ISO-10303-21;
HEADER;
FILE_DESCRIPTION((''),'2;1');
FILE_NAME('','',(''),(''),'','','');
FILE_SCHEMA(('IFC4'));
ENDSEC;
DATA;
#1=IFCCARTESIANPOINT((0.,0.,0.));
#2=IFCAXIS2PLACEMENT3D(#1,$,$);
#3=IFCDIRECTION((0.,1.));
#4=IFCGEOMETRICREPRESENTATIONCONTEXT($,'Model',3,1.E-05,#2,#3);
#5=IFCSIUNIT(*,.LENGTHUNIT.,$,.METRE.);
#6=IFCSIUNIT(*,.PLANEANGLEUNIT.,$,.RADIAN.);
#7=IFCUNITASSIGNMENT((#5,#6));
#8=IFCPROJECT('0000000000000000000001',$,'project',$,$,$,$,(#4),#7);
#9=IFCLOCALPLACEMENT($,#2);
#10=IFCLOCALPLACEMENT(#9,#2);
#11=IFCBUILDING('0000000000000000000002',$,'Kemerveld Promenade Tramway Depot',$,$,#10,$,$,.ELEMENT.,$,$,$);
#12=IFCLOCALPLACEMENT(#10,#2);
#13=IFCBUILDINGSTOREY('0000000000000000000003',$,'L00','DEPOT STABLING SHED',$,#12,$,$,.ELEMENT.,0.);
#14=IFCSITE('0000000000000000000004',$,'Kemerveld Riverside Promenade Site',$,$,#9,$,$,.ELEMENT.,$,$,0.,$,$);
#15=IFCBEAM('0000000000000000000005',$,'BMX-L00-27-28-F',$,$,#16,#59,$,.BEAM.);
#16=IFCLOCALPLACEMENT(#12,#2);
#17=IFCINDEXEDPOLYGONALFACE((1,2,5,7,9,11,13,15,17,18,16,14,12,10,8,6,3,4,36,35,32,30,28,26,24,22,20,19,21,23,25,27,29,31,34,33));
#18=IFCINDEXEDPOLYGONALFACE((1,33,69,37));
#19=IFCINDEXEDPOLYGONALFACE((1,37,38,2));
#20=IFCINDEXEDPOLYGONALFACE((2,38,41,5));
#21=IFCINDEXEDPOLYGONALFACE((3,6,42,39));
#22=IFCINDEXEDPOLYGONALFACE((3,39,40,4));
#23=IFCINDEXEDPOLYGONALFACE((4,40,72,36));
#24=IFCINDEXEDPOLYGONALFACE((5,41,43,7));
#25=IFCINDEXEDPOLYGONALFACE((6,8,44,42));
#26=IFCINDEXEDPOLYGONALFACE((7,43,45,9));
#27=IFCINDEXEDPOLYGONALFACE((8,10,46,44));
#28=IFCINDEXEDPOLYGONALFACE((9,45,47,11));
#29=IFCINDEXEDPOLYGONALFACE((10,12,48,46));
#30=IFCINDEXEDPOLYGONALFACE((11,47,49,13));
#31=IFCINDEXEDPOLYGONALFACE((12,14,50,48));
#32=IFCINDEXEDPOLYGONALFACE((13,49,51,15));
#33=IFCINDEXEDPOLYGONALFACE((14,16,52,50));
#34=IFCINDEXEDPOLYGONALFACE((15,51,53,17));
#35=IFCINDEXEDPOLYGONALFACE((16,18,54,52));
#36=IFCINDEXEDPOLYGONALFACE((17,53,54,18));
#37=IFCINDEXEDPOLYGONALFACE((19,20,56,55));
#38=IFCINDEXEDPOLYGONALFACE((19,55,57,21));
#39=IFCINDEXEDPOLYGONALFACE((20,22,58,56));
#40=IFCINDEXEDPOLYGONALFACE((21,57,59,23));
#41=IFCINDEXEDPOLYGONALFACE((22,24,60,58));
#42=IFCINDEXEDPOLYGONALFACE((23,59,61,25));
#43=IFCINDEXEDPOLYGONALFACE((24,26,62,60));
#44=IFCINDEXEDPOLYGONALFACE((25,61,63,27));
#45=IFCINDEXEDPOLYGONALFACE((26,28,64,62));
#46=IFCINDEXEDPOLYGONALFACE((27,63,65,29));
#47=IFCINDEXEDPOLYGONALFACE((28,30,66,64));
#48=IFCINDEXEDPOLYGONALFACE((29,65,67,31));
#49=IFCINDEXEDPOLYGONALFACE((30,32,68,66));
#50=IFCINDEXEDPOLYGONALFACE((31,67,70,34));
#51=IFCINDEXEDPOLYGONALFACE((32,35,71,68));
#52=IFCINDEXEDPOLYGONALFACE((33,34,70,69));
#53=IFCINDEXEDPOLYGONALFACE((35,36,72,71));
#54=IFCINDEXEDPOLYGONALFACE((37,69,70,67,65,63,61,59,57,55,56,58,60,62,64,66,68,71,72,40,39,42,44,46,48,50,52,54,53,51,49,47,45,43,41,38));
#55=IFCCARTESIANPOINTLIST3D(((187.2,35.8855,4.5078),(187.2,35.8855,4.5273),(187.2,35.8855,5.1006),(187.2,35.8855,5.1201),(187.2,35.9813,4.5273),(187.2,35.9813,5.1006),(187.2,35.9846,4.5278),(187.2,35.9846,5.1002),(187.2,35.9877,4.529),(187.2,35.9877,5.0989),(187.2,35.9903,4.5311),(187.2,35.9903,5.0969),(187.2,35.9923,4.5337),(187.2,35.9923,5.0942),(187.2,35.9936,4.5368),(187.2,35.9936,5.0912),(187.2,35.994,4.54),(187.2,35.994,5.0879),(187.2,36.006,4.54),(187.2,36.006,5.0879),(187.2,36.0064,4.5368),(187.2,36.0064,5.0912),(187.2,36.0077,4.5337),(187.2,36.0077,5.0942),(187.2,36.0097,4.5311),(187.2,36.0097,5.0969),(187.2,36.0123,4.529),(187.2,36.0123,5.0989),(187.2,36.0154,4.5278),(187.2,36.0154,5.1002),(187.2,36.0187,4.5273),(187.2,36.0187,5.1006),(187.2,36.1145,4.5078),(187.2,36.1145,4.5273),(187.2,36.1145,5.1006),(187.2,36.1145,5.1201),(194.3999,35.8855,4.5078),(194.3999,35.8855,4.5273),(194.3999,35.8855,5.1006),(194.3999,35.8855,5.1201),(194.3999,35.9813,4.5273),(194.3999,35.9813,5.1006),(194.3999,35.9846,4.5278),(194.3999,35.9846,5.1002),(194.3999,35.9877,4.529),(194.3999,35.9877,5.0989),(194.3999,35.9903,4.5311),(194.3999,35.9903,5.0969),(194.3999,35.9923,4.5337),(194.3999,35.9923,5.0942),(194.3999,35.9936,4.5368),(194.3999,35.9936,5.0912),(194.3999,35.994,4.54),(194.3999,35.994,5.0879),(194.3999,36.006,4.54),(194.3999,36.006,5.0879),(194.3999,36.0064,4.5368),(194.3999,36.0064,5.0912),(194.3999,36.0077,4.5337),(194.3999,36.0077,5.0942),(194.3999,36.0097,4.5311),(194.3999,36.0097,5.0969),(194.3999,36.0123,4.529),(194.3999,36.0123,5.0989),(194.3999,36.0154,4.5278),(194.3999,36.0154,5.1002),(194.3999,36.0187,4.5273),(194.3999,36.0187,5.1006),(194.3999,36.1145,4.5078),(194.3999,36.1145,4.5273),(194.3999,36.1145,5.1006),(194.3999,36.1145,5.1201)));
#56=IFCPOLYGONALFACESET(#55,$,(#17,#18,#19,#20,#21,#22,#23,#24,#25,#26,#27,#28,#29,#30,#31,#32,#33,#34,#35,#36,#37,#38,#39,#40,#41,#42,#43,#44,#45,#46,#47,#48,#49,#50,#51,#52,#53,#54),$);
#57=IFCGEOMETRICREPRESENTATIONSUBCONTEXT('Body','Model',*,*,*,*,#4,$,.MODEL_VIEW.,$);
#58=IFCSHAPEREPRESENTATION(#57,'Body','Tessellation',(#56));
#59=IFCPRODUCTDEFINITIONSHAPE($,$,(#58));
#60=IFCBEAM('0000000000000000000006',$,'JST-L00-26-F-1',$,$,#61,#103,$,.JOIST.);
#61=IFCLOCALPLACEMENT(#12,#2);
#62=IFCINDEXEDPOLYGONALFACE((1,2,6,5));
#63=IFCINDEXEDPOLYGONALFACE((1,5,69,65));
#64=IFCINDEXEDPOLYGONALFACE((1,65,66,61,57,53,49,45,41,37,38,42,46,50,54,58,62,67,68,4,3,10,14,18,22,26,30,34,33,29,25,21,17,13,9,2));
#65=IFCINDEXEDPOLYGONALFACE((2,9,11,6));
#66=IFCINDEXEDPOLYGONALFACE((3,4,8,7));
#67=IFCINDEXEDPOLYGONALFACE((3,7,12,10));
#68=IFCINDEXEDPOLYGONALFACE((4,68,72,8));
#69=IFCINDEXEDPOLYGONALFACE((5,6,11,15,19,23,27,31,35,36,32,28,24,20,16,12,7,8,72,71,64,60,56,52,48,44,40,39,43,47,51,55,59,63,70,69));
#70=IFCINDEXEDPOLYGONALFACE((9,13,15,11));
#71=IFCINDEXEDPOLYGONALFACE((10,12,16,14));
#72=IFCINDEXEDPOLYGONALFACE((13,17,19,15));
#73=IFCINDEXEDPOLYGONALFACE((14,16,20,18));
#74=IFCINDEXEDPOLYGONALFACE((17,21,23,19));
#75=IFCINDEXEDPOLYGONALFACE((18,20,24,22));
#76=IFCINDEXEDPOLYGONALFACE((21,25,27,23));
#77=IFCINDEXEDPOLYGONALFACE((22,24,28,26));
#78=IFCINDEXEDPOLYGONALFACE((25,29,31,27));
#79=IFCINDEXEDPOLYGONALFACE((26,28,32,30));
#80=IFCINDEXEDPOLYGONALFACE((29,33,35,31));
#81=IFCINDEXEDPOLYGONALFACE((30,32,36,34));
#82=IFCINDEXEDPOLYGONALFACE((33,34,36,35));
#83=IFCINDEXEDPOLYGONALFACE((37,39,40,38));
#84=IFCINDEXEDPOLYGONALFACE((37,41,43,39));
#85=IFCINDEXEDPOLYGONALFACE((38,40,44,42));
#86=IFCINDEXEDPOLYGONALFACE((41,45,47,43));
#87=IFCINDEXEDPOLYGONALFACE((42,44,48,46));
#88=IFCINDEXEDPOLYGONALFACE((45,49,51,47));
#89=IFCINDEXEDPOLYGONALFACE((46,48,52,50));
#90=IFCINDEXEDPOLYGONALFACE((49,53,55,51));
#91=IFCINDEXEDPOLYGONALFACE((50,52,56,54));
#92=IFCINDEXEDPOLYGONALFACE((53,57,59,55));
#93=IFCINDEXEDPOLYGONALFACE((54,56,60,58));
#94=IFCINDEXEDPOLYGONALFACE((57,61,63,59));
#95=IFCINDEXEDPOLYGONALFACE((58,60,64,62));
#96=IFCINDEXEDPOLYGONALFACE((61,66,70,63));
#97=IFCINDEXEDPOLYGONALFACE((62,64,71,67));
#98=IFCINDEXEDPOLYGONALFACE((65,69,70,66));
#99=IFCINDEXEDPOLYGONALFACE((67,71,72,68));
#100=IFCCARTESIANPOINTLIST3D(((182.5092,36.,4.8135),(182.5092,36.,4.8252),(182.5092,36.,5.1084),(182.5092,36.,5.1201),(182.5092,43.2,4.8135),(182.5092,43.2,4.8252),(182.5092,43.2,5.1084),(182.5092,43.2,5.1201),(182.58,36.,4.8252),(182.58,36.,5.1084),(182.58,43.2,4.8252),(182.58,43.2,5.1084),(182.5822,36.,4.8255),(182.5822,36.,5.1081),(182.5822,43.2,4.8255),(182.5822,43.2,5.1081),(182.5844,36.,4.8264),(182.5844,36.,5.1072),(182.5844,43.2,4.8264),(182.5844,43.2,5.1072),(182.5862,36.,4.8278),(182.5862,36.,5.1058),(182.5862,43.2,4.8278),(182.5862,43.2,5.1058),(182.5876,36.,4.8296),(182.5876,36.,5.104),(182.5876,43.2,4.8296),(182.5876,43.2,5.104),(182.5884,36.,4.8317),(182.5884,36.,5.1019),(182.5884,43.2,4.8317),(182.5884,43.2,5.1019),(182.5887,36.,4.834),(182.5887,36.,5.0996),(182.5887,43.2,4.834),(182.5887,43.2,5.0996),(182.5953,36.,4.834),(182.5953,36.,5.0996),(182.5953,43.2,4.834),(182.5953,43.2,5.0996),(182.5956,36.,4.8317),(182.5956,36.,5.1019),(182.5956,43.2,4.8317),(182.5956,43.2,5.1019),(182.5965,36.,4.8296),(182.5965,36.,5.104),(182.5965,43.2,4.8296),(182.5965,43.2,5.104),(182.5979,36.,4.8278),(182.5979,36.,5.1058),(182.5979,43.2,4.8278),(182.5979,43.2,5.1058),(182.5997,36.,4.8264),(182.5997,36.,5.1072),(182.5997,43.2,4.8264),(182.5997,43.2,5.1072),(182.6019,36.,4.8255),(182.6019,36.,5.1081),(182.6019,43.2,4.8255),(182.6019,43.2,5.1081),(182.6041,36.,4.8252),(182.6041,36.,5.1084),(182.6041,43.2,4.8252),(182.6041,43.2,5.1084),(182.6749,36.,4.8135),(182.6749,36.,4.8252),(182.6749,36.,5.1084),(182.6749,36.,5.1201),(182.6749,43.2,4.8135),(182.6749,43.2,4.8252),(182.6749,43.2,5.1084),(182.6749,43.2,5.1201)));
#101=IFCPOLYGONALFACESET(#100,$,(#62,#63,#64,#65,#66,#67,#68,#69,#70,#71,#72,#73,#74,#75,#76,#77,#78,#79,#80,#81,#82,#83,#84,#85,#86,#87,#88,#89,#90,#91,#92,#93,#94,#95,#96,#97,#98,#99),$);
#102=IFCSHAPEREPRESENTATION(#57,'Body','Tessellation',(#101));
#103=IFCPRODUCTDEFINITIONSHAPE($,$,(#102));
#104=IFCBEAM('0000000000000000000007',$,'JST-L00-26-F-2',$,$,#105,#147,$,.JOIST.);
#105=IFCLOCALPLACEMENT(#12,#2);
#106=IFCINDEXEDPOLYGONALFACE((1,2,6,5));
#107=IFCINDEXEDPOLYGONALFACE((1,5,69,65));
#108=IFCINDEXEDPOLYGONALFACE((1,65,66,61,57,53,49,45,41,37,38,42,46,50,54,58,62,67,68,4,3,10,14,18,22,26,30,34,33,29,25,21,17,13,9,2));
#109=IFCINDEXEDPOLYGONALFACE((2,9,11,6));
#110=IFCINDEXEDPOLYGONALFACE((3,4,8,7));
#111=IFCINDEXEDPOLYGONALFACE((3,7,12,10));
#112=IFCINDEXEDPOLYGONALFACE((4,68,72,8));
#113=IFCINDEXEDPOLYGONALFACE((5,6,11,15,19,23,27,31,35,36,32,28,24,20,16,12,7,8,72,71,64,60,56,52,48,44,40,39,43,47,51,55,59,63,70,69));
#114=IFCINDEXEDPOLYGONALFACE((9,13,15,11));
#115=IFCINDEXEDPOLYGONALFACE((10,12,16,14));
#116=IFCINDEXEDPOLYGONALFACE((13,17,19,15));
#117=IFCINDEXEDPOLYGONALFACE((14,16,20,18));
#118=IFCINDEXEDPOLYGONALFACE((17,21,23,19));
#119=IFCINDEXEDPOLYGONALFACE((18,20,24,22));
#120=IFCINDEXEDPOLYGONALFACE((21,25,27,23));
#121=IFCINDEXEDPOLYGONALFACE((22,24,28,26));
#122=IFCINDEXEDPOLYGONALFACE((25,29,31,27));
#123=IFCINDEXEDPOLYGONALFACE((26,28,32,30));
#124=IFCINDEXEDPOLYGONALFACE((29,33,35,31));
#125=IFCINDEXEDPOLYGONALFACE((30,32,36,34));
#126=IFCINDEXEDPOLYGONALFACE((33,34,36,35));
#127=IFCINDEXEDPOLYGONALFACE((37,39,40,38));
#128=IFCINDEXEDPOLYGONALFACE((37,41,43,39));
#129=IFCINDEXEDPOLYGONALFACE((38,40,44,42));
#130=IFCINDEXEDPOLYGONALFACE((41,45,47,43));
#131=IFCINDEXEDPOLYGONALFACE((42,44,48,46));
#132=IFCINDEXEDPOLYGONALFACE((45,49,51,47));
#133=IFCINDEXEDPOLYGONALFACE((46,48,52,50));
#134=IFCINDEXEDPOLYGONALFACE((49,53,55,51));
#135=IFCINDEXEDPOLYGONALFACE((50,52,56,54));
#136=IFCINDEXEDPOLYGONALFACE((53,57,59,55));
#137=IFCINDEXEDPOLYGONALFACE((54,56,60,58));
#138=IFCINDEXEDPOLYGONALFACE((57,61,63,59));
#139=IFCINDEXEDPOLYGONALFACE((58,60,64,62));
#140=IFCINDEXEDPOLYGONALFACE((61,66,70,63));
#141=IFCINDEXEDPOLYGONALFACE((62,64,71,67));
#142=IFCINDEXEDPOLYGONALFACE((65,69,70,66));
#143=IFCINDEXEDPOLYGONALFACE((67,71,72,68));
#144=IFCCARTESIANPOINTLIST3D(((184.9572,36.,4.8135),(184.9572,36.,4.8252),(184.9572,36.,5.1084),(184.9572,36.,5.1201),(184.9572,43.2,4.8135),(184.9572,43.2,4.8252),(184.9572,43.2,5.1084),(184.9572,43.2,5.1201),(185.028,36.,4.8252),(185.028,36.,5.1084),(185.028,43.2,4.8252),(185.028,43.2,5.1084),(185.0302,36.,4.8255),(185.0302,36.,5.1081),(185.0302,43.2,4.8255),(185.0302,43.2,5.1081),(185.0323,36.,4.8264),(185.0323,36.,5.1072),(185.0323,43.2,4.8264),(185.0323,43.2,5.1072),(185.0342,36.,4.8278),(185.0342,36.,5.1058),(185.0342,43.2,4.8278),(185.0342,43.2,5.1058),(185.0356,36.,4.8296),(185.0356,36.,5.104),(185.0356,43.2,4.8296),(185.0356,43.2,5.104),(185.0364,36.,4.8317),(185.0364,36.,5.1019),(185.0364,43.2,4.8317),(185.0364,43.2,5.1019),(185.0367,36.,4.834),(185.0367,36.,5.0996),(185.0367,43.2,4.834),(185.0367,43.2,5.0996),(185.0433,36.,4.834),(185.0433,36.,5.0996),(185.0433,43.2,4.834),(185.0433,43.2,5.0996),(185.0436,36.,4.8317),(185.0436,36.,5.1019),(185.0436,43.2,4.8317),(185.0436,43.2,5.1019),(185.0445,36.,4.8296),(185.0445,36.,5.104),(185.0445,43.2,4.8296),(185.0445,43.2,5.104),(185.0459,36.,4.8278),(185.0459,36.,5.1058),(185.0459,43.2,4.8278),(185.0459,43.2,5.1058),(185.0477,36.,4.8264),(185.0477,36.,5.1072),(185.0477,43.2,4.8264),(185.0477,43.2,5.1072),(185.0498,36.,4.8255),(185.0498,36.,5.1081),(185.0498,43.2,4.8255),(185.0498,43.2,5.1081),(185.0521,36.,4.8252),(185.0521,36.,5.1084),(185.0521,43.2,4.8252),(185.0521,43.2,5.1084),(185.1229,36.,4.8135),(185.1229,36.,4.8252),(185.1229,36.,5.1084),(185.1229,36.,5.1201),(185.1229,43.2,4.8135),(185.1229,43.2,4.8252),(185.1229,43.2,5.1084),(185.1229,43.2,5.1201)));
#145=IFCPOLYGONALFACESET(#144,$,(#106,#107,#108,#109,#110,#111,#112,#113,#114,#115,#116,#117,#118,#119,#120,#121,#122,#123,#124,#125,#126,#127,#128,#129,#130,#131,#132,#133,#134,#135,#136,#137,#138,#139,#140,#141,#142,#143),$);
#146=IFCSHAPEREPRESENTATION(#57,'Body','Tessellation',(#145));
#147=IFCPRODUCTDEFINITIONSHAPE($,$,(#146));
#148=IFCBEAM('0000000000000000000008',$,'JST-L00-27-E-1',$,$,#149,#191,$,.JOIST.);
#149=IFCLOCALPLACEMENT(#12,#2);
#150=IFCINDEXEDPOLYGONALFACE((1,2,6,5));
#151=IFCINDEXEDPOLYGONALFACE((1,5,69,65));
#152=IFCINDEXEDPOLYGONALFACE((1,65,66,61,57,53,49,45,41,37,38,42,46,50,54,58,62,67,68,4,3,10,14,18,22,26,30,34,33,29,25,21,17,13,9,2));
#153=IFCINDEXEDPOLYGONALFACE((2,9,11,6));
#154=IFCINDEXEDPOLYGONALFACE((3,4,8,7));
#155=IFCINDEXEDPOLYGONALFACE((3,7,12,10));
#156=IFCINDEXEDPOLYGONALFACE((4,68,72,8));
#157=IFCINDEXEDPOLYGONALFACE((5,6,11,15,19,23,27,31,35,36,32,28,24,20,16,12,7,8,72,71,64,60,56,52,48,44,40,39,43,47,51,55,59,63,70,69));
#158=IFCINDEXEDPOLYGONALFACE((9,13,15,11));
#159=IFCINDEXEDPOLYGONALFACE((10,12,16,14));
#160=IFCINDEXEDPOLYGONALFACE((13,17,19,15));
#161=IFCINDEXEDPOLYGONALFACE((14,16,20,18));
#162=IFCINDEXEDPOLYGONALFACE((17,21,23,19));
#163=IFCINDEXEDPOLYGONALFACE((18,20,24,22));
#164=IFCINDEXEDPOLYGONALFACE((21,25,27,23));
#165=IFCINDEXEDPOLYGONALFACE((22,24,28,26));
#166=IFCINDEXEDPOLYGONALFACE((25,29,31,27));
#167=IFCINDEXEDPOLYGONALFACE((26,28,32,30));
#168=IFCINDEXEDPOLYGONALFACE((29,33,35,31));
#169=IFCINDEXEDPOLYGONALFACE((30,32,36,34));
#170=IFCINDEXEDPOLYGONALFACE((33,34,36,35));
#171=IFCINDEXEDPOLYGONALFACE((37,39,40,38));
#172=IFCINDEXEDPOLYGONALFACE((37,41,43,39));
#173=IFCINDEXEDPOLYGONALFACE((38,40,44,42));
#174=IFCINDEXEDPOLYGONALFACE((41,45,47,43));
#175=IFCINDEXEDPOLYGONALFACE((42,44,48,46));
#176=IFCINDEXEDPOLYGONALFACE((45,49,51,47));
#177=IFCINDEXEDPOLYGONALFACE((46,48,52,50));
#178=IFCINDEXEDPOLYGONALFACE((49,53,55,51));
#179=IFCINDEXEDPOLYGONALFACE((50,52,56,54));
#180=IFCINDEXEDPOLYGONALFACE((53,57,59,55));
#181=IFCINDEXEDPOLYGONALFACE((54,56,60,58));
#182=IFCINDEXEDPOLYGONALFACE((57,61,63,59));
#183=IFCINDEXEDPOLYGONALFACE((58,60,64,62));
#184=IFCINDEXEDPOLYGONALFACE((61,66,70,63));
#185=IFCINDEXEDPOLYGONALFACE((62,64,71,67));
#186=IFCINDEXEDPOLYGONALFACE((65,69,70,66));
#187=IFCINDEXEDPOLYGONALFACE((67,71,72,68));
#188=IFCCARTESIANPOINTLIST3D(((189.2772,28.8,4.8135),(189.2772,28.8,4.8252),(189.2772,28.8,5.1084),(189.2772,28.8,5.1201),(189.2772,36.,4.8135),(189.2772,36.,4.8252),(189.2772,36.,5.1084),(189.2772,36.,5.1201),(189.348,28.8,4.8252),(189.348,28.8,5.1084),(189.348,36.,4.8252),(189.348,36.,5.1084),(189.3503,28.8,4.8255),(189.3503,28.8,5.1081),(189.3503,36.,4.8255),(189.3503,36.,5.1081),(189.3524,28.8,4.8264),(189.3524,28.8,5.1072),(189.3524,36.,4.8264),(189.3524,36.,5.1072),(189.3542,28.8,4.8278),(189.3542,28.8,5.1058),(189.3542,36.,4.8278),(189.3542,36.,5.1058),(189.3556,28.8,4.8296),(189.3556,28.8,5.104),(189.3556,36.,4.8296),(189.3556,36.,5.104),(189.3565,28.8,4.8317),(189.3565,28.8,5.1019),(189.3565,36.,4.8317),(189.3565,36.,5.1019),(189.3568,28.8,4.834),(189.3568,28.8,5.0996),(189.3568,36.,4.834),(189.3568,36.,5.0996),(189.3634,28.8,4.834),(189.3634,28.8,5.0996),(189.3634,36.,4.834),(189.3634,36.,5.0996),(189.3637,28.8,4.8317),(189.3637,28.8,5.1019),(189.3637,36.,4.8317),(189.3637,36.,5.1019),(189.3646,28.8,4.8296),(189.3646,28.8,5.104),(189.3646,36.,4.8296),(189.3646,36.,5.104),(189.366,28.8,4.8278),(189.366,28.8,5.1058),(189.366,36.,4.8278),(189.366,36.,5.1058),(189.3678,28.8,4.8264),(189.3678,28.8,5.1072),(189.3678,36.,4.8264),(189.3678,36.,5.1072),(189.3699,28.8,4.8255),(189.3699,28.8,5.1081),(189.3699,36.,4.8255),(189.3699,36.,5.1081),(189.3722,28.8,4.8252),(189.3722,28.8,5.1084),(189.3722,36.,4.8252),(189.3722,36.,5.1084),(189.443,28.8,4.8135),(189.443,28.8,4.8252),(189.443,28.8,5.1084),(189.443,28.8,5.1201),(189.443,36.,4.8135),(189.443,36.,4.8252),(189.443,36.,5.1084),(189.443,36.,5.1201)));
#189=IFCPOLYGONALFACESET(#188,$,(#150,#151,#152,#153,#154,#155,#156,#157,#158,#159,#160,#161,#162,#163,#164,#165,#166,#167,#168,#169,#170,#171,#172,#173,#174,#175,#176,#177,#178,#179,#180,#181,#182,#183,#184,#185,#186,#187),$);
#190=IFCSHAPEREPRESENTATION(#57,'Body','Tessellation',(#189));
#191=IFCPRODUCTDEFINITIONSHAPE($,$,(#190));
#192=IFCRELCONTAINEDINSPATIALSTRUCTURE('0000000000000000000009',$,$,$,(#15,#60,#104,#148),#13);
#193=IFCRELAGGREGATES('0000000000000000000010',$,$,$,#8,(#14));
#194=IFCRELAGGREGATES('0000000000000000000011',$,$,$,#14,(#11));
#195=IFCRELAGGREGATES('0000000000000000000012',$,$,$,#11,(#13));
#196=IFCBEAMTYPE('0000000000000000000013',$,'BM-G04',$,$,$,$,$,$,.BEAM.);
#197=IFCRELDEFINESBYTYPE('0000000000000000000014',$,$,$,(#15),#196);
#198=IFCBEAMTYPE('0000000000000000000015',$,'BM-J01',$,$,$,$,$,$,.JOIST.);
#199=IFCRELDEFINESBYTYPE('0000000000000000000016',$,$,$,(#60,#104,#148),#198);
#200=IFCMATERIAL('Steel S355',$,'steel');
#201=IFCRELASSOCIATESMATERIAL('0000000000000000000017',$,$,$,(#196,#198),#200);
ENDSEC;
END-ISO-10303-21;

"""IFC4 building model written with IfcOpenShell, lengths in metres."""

from ifc_helpers import new_model, si_unit, direction, frame, origin, origin_2d, place, context, subcontext, project, spatial, i_section, extrude, material, material_profile, profile_set, type_object, element, save


model = new_model("IFC4")

# Units and contexts
model_context = context("Model", 3, precision=1e-05, world=origin(), true_north=direction((0.0, 1.0)))
body_context = subcontext(model_context, "Body", "Model", "MODEL_VIEW")
ifc_project = project(units=[si_unit("LENGTHUNIT", "METRE"), si_unit("PLANEANGLEUNIT", "RADIAN")], contexts=[model_context])

# Site, building, storey
site_placement = place(None, origin())
site = spatial("IfcSite", under=ifc_project, at=site_placement, Name="Kemerveld Riverside Promenade Site", CompositionType="ELEMENT", RefElevation=0.0)
building_placement = place(site_placement, origin())
building = spatial("IfcBuilding", under=site, at=building_placement, Name="Kemerveld Promenade Tramway Depot", CompositionType="ELEMENT")
storey_placement = place(building_placement, origin())
storey = spatial("IfcBuildingStorey", under=building, at=storey_placement, Name="L00", Description="DEPOT STABLING SHED", CompositionType="ELEMENT", Elevation=0.0)

# Shared definitions
ifc_material_1 = material(Name="Steel S355", Category="steel")

# Beams
ifc_material_profile_1 = material_profile(ifc_material_1, i_section(OverallWidth=0.229, OverallDepth=0.6123, WebThickness=0.012, FlangeThickness=0.0195, FilletRadius=0.0127, at=origin_2d()), Name="610x229x125 UB")
ifc_profile_set_1 = profile_set([ifc_material_profile_1], Name="Steel S355")
beam_type_1 = type_object("IfcBeamType", Name="BM-G04", PredefinedType="BEAM", material=ifc_profile_set_1)
beam_1_placement = place(storey_placement, frame((187.2, 36.0, 4.814), z_axis=(1.0, 0.0, 0.0), x_axis=(0.0, 1.0, 0.0)))
element("IfcBeam", 1, at=beam_1_placement, inside=storey, type_object=beam_type_1, Name="BMX-L00-27-28-F", PredefinedType="BEAM", context=body_context, shape_type="SweptSolid", body=[
    extrude(i_section(OverallWidth=0.229, OverallDepth=0.6123, WebThickness=0.012, FlangeThickness=0.0195, FilletRadius=0.0127, at=origin_2d()), origin(), (0.0, 0.0, 1.0), 7.2),
])
ifc_material_profile_2 = material_profile(ifc_material_1, i_section(OverallWidth=0.1658, OverallDepth=0.3066, WebThickness=0.0066, FlangeThickness=0.0117, FilletRadius=0.0088, at=origin_2d()), Name="305x165x46 UB")
ifc_profile_set_2 = profile_set([ifc_material_profile_2], Name="Steel S355")
beam_type_2 = type_object("IfcBeamType", Name="BM-J01", PredefinedType="JOIST", material=ifc_profile_set_2)
for number, where, z_axis, x_axis, name in (
    (2, (182.592, 36.0, 4.9668), (0.0, 1.0, 0.0), (-1.0, 0.0, 0.0), "JST-L00-26-F-1"),
    (3, (185.04, 36.0, 4.9668), (0.0, 1.0, 0.0), (-1.0, 0.0, 0.0), "JST-L00-26-F-2"),
    (4, (189.3601, 28.8, 4.9668), (0.0, 1.0, 0.0), (-1.0, 0.0, 0.0), "JST-L00-27-E-1"),
):
    element("IfcBeam", number, at=place(storey_placement, frame(where, z_axis=z_axis, x_axis=x_axis)), inside=storey, type_object=beam_type_2, Name=name, PredefinedType="JOIST", context=body_context, shape_type="SweptSolid", body=[
        extrude(i_section(OverallWidth=0.1658, OverallDepth=0.3066, WebThickness=0.0066, FlangeThickness=0.0117, FilletRadius=0.0088, at=origin_2d()), origin(), (0.0, 0.0, 1.0), 7.2),
    ])

save(model, "model.ifc")
